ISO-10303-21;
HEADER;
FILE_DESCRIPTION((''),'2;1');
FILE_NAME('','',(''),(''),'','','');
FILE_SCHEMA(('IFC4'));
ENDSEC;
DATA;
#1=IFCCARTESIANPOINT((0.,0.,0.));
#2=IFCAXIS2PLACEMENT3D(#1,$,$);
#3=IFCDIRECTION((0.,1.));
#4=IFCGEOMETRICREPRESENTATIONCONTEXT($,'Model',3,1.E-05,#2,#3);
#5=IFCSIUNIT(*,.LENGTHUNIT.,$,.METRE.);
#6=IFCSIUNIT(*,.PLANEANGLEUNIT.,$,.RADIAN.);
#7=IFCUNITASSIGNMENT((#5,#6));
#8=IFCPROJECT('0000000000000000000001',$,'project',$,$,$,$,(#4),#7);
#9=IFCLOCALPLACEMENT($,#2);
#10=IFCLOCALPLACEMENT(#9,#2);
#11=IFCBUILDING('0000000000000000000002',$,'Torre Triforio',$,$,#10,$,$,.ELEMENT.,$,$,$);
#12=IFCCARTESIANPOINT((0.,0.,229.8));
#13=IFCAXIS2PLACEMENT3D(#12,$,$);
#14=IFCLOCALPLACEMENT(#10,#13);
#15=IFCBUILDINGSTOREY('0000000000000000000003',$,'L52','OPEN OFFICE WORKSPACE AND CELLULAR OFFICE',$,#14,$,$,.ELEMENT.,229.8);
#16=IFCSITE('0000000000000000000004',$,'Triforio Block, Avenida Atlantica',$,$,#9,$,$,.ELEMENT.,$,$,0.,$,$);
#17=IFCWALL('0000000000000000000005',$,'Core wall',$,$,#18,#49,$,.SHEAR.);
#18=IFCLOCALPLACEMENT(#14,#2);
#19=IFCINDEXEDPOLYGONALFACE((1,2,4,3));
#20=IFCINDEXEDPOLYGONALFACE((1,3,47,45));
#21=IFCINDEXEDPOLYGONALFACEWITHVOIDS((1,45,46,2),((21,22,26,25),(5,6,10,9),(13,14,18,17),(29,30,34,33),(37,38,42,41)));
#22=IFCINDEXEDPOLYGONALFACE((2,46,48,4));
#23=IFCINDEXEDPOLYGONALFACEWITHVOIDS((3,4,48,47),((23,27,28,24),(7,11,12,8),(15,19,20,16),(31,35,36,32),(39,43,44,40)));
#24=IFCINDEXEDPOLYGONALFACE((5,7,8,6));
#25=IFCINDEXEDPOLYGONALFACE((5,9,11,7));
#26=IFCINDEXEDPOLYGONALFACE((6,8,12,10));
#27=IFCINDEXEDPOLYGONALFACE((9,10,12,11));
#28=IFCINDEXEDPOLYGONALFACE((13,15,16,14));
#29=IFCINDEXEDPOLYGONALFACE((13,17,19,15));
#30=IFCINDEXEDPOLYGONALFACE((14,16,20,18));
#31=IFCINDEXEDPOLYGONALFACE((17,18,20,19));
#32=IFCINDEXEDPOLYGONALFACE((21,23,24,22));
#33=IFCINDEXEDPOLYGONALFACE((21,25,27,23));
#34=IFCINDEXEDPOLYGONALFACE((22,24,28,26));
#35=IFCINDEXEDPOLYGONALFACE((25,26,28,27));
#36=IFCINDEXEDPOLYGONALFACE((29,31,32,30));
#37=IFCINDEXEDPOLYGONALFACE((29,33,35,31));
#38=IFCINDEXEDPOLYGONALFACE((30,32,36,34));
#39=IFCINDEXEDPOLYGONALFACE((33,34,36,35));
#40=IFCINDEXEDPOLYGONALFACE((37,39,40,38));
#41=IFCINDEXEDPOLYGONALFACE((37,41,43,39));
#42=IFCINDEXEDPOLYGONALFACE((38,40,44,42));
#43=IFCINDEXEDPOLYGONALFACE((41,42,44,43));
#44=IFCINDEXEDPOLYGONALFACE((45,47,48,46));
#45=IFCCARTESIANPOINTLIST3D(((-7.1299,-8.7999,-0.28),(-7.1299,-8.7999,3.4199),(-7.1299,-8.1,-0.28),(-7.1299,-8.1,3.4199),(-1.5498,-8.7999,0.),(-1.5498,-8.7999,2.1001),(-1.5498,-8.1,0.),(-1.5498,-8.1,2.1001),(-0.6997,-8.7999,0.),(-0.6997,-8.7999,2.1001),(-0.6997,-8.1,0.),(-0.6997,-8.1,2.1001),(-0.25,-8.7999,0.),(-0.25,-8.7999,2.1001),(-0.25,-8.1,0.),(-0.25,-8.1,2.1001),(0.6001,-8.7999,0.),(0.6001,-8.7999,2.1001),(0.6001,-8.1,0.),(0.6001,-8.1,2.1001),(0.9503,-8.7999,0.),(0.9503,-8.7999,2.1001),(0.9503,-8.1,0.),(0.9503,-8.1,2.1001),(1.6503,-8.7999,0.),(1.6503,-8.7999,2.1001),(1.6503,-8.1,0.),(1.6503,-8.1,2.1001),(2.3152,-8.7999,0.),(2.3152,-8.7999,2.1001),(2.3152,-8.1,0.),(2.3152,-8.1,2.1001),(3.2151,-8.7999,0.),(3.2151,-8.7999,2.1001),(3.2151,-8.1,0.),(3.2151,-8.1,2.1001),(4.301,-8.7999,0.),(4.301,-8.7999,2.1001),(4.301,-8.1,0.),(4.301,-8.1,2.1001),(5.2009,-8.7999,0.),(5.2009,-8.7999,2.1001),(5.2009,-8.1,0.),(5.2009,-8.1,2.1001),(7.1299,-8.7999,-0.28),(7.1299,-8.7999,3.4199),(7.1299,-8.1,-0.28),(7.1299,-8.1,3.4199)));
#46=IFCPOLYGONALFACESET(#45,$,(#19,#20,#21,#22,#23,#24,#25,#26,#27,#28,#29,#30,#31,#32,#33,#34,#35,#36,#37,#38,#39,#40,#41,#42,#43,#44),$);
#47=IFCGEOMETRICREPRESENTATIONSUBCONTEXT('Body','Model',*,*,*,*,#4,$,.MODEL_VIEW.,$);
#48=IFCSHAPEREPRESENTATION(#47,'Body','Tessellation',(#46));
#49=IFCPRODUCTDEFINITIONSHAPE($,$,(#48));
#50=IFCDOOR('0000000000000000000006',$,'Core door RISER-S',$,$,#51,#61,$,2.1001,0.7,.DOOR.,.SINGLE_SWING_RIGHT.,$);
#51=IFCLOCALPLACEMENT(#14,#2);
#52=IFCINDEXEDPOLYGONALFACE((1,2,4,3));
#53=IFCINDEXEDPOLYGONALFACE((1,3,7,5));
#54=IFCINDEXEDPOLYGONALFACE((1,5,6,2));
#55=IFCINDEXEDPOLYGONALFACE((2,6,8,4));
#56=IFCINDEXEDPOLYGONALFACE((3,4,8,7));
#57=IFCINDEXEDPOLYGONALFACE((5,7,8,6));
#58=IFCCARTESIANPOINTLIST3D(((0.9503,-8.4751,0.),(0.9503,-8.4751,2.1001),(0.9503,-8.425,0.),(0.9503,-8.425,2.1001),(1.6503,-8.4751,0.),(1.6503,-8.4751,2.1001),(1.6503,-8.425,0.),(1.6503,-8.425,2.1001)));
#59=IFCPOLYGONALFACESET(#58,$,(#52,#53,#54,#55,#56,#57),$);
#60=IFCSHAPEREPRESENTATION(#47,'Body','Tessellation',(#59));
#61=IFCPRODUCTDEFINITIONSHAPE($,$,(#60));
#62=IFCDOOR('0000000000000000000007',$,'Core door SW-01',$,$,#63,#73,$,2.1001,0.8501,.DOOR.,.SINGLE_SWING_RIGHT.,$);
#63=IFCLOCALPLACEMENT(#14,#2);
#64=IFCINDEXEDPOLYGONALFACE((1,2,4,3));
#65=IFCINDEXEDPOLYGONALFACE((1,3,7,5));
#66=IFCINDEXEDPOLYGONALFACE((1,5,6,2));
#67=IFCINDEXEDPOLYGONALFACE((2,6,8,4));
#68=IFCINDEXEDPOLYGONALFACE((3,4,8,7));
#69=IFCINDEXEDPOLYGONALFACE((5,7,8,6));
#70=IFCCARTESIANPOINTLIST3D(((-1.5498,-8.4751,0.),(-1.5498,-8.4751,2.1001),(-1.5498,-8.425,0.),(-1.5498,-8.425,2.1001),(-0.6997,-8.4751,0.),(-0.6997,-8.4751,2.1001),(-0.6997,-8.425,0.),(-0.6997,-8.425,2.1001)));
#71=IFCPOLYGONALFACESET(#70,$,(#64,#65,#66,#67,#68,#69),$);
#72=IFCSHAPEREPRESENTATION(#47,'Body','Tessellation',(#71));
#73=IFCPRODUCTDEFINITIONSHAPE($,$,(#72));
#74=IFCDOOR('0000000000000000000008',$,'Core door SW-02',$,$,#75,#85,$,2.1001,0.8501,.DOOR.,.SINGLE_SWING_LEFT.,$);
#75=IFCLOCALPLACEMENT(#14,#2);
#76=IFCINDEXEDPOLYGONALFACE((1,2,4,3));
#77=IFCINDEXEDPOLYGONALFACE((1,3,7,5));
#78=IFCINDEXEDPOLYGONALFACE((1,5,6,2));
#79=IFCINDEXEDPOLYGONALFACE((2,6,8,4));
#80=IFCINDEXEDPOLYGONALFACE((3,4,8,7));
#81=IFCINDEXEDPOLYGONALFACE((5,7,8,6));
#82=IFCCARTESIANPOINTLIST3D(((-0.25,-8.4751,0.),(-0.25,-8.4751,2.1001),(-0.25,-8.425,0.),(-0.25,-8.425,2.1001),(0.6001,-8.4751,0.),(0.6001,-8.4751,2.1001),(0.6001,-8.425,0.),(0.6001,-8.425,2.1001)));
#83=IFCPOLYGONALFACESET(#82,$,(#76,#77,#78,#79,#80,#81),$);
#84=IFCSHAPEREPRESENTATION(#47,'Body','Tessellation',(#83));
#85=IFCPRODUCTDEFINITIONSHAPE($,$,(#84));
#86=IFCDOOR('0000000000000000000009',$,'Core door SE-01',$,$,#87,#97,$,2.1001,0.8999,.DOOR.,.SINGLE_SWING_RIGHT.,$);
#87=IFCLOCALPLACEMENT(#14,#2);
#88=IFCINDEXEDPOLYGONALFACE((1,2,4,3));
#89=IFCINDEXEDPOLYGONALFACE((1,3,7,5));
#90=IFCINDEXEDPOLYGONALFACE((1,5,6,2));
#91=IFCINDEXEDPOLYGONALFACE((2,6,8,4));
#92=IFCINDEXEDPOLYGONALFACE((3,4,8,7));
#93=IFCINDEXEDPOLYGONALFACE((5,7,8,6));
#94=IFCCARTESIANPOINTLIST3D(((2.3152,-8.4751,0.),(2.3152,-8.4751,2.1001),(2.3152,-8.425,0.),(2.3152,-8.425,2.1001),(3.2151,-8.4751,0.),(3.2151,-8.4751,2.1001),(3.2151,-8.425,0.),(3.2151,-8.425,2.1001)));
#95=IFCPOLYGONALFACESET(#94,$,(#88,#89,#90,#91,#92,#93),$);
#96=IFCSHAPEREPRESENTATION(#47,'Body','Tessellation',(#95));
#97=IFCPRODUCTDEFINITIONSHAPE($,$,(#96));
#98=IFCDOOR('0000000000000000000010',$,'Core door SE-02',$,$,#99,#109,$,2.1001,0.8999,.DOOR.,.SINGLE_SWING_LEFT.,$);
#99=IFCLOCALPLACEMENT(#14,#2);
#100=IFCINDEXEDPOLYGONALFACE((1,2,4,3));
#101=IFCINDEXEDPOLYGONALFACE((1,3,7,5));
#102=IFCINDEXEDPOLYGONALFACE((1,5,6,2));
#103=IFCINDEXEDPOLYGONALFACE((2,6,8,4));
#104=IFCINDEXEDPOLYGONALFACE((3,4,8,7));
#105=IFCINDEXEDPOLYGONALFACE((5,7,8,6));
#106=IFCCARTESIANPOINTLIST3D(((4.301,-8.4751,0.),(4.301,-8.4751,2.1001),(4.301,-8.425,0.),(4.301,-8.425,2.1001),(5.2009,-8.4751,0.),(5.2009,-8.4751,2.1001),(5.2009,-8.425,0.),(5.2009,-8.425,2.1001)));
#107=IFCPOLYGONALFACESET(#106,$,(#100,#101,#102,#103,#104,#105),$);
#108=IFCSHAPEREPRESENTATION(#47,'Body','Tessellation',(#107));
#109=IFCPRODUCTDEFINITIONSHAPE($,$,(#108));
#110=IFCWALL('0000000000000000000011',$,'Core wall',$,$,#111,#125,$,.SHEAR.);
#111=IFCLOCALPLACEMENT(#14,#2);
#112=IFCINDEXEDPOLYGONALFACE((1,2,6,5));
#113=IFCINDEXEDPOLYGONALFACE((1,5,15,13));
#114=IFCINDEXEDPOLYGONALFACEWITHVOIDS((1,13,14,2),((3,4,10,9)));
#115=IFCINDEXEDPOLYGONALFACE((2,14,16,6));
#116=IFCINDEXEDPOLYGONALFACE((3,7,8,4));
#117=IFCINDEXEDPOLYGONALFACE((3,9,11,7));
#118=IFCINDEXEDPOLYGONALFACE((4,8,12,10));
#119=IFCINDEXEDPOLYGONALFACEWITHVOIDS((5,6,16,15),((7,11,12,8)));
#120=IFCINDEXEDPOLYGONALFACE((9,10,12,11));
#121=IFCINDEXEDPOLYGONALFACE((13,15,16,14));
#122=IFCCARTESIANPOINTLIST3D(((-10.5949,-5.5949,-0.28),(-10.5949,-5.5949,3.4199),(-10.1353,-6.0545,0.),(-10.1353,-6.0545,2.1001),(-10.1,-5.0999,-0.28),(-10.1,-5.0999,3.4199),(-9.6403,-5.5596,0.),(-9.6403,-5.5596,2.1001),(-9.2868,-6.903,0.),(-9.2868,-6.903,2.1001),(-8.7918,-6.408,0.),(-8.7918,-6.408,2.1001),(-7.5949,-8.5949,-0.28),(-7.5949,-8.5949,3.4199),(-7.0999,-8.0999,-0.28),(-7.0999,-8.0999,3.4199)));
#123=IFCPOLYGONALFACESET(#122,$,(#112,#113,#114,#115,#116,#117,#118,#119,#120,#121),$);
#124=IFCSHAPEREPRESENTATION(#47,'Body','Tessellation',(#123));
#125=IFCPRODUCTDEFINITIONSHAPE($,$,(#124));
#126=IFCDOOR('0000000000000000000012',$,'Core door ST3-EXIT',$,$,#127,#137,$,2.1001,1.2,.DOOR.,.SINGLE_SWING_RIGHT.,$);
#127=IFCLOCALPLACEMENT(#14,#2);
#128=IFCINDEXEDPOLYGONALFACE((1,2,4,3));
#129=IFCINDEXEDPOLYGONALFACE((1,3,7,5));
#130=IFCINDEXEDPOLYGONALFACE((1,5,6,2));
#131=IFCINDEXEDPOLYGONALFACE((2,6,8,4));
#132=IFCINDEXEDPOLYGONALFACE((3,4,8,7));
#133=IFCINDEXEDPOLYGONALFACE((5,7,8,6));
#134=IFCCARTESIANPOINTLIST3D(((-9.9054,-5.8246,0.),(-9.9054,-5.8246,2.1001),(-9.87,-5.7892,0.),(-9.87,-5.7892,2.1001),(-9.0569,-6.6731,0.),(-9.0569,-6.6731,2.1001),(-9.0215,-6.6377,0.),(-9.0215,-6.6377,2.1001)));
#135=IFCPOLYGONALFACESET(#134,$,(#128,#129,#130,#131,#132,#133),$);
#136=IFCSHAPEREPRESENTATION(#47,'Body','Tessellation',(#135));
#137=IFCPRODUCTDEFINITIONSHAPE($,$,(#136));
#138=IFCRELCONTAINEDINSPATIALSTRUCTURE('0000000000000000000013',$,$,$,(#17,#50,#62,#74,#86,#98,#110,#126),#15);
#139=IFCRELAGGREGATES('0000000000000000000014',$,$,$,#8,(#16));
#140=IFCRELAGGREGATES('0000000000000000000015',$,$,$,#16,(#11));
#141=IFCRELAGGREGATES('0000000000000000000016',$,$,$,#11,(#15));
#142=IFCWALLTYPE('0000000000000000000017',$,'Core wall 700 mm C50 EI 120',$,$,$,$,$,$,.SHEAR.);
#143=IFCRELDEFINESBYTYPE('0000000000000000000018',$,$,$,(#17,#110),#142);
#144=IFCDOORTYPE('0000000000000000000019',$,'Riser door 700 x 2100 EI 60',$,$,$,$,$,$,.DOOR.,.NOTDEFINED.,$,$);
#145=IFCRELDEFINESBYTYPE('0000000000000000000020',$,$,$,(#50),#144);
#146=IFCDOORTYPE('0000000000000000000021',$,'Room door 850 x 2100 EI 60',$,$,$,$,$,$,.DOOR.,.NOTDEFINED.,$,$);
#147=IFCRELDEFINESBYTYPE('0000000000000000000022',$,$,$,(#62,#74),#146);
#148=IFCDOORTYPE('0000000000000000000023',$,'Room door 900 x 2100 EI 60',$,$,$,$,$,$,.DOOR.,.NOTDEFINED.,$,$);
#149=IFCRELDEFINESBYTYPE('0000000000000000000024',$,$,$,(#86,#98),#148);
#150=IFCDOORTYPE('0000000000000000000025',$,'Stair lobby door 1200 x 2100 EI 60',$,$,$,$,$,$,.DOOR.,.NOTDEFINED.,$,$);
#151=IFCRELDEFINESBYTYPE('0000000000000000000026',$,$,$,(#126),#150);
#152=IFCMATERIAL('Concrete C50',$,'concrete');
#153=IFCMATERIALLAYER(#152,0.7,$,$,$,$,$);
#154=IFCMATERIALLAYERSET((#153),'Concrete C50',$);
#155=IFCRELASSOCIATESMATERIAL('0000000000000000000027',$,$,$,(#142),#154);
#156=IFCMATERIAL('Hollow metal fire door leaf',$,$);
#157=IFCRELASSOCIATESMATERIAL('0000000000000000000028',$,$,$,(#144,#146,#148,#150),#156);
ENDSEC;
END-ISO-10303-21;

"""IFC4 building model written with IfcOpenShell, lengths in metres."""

from ifc_helpers import new_model, si_unit, direction, frame, frame_2d, origin, place, context, subcontext, project, spatial, rectangle, extrude, material, layer, layer_set, type_object, element, fill, save


model = new_model("IFC4")

# Units and contexts
model_context = context("Model", 3, precision=1e-05, world=origin(), true_north=direction((0.0, 1.0)))
body_context = subcontext(model_context, "Body", "Model", "MODEL_VIEW")
ifc_project = project(units=[si_unit("LENGTHUNIT", "METRE"), si_unit("PLANEANGLEUNIT", "RADIAN")], contexts=[model_context])

# Site, building, storey
site_placement = place(None, origin())
site = spatial("IfcSite", under=ifc_project, at=site_placement, Name="Triforio Block, Avenida Atlantica", CompositionType="ELEMENT", RefElevation=0.0)
building_placement = place(site_placement, origin())
building = spatial("IfcBuilding", under=site, at=building_placement, Name="Torre Triforio", CompositionType="ELEMENT")
storey_placement = place(building_placement, frame((0.0, 0.0, 229.8)))
storey = spatial("IfcBuildingStorey", under=building, at=storey_placement, Name="L52", Description="OPEN OFFICE WORKSPACE AND CELLULAR OFFICE", CompositionType="ELEMENT", Elevation=229.8)

# Shared definitions
ifc_material_1 = material(Name="Concrete C50", Category="concrete")

# Wall, openings, doors
ifc_layer_1 = layer(ifc_material_1, 0.7)
ifc_layer_set_1 = layer_set([ifc_layer_1], Name="Concrete C50")
wall_type_1 = type_object("IfcWallType", Name="Core wall 700 mm C50 EI 120", PredefinedType="SHEAR", material=ifc_layer_set_1)
wall_1_placement = place(storey_placement, frame((-7.1299, -8.45, -0.28), z_axis=(0.0, 0.0, 1.0), x_axis=(1.0, 0.0, 0.0)))
wall_1 = element("IfcWall", 1, at=wall_1_placement, inside=storey, type_object=wall_type_1, Name="Core wall", PredefinedType="SHEAR", context=body_context, shape_type="SweptSolid", body=[
    extrude(rectangle(XDim=14.2598, YDim=0.7, at=frame_2d((7.1299, 0.0))), origin(), (0.0, 0.0, 1.0), 3.7),
])
opening_1_placement = place(wall_1_placement, frame((8.0801, 0.0, 0.28)))
opening_1 = element("IfcOpeningElement", 2, at=opening_1_placement, cuts=wall_1, PredefinedType="OPENING", context=body_context, shape_type="SweptSolid", body=[
    extrude(rectangle(XDim=0.7, YDim=2.1001, at=frame_2d((0.3501, 1.05))), frame((0.0, 0.3599, 0.0), z_axis=(0.0, -1.0, 0.0), x_axis=(1.0, 0.0, 0.0)), (0.0, 0.0, 1.0), 0.72),
])
opening_2_placement = place(wall_1_placement, frame((5.5801, 0.0, 0.28)))
opening_2 = element("IfcOpeningElement", 3, at=opening_2_placement, cuts=wall_1, PredefinedType="OPENING", context=body_context, shape_type="SweptSolid", body=[
    extrude(rectangle(XDim=0.8501, YDim=2.1001, at=frame_2d((0.425, 1.05))), frame((0.0, 0.3599, 0.0), z_axis=(0.0, -1.0, 0.0), x_axis=(1.0, 0.0, 0.0)), (0.0, 0.0, 1.0), 0.72),
])
opening_3_placement = place(wall_1_placement, frame((6.8799, 0.0, 0.28)))
opening_3 = element("IfcOpeningElement", 4, at=opening_3_placement, cuts=wall_1, PredefinedType="OPENING", context=body_context, shape_type="SweptSolid", body=[
    extrude(rectangle(XDim=0.8501, YDim=2.1001, at=frame_2d((0.425, 1.05))), frame((0.0, 0.3599, 0.0), z_axis=(0.0, -1.0, 0.0), x_axis=(1.0, 0.0, 0.0)), (0.0, 0.0, 1.0), 0.72),
])
opening_4_placement = place(wall_1_placement, frame((9.4451, 0.0, 0.28)))
opening_4 = element("IfcOpeningElement", 5, at=opening_4_placement, cuts=wall_1, PredefinedType="OPENING", context=body_context, shape_type="SweptSolid", body=[
    extrude(rectangle(XDim=0.8999, YDim=2.1001, at=frame_2d((0.45, 1.05))), frame((0.0, 0.3599, 0.0), z_axis=(0.0, -1.0, 0.0), x_axis=(1.0, 0.0, 0.0)), (0.0, 0.0, 1.0), 0.72),
])
opening_5_placement = place(wall_1_placement, frame((11.4309, 0.0, 0.28)))
opening_5 = element("IfcOpeningElement", 6, at=opening_5_placement, cuts=wall_1, PredefinedType="OPENING", context=body_context, shape_type="SweptSolid", body=[
    extrude(rectangle(XDim=0.8999, YDim=2.1001, at=frame_2d((0.45, 1.05))), frame((0.0, 0.3599, 0.0), z_axis=(0.0, -1.0, 0.0), x_axis=(1.0, 0.0, 0.0)), (0.0, 0.0, 1.0), 0.72),
])
ifc_material_2 = material(Name="Hollow metal fire door leaf")
door_type_1 = type_object("IfcDoorType", Name="Riser door 700 x 2100 EI 60", OperationType="NOTDEFINED", PredefinedType="DOOR", material=ifc_material_2)
door_1_placement = place(opening_1_placement, origin())
door_1 = element("IfcDoor", 7, at=door_1_placement, inside=storey, type_object=door_type_1, Name="Core door RISER-S", OperationType="SINGLE_SWING_RIGHT", OverallHeight=2.1001, OverallWidth=0.7, PredefinedType="DOOR", context=body_context, shape_type="SweptSolid", body=[
    extrude(rectangle(XDim=0.7, YDim=2.1001, at=frame_2d((0.3501, 1.05))), frame((0.0, 0.0249, 0.0), z_axis=(0.0, -1.0, 0.0), x_axis=(1.0, 0.0, 0.0)), (0.0, 0.0, 1.0), 0.05),
])
fill(opening_1, door_1)
door_type_2 = type_object("IfcDoorType", Name="Room door 850 x 2100 EI 60", OperationType="NOTDEFINED", PredefinedType="DOOR", material=ifc_material_2)
door_2_placement = place(opening_2_placement, origin())
door_2 = element("IfcDoor", 8, at=door_2_placement, inside=storey, type_object=door_type_2, Name="Core door SW-01", OperationType="SINGLE_SWING_RIGHT", OverallHeight=2.1001, OverallWidth=0.8501, PredefinedType="DOOR", context=body_context, shape_type="SweptSolid", body=[
    extrude(rectangle(XDim=0.8501, YDim=2.1001, at=frame_2d((0.425, 1.05))), frame((0.0, 0.0249, 0.0), z_axis=(0.0, -1.0, 0.0), x_axis=(1.0, 0.0, 0.0)), (0.0, 0.0, 1.0), 0.05),
])
fill(opening_2, door_2)
door_3_placement = place(opening_3_placement, origin())
door_3 = element("IfcDoor", 9, at=door_3_placement, inside=storey, type_object=door_type_2, Name="Core door SW-02", OperationType="SINGLE_SWING_LEFT", OverallHeight=2.1001, OverallWidth=0.8501, PredefinedType="DOOR", context=body_context, shape_type="SweptSolid", body=[
    extrude(rectangle(XDim=0.8501, YDim=2.1001, at=frame_2d((0.425, 1.05))), frame((0.0, 0.0249, 0.0), z_axis=(0.0, -1.0, 0.0), x_axis=(1.0, 0.0, 0.0)), (0.0, 0.0, 1.0), 0.05),
])
fill(opening_3, door_3)
door_type_3 = type_object("IfcDoorType", Name="Room door 900 x 2100 EI 60", OperationType="NOTDEFINED", PredefinedType="DOOR", material=ifc_material_2)
door_4_placement = place(opening_4_placement, origin())
door_4 = element("IfcDoor", 10, at=door_4_placement, inside=storey, type_object=door_type_3, Name="Core door SE-01", OperationType="SINGLE_SWING_RIGHT", OverallHeight=2.1001, OverallWidth=0.8999, PredefinedType="DOOR", context=body_context, shape_type="SweptSolid", body=[
    extrude(rectangle(XDim=0.8999, YDim=2.1001, at=frame_2d((0.45, 1.05))), frame((0.0, 0.0249, 0.0), z_axis=(0.0, -1.0, 0.0), x_axis=(1.0, 0.0, 0.0)), (0.0, 0.0, 1.0), 0.05),
])
fill(opening_4, door_4)
door_5_placement = place(opening_5_placement, origin())
door_5 = element("IfcDoor", 11, at=door_5_placement, inside=storey, type_object=door_type_3, Name="Core door SE-02", OperationType="SINGLE_SWING_LEFT", OverallHeight=2.1001, OverallWidth=0.8999, PredefinedType="DOOR", context=body_context, shape_type="SweptSolid", body=[
    extrude(rectangle(XDim=0.8999, YDim=2.1001, at=frame_2d((0.45, 1.05))), frame((0.0, 0.0249, 0.0), z_axis=(0.0, -1.0, 0.0), x_axis=(1.0, 0.0, 0.0)), (0.0, 0.0, 1.0), 0.05),
])
fill(opening_5, door_5)

# Wall, opening, door
wall_2_placement = place(storey_placement, frame((-7.3474, -8.3474, -0.28), z_axis=(0.0, 0.0, 1.0), x_axis=(-0.707107, 0.707107, 0.0)))
wall_2 = element("IfcWall", 12, at=wall_2_placement, inside=storey, type_object=wall_type_1, Name="Core wall", PredefinedType="SHEAR", context=body_context, shape_type="SweptSolid", body=[
    extrude(rectangle(XDim=4.2427, YDim=0.7, at=frame_2d((2.1213, 0.0))), origin(), (0.0, 0.0, 1.0), 3.7),
])
opening_6_placement = place(wall_2_placement, frame((2.3926, 0.0, 0.28)))
opening_6 = element("IfcOpeningElement", 13, at=opening_6_placement, cuts=wall_2, PredefinedType="OPENING", context=body_context, shape_type="SweptSolid", body=[
    extrude(rectangle(XDim=1.2, YDim=2.1001, at=frame_2d((0.6001, 1.05))), frame((0.0, 0.3599, 0.0), z_axis=(0.0, -1.0, 0.0), x_axis=(1.0, 0.0, 0.0)), (0.0, 0.0, 1.0), 0.72),
])
door_type_4 = type_object("IfcDoorType", Name="Stair lobby door 1200 x 2100 EI 60", OperationType="NOTDEFINED", PredefinedType="DOOR", material=ifc_material_2)
door_6_placement = place(opening_6_placement, origin())
door_6 = element("IfcDoor", 14, at=door_6_placement, inside=storey, type_object=door_type_4, Name="Core door ST3-EXIT", OperationType="SINGLE_SWING_RIGHT", OverallHeight=2.1001, OverallWidth=1.2, PredefinedType="DOOR", context=body_context, shape_type="SweptSolid", body=[
    extrude(rectangle(XDim=1.2, YDim=2.1001, at=frame_2d((0.6001, 1.05))), frame((0.0, 0.0249, 0.0), z_axis=(0.0, -1.0, 0.0), x_axis=(1.0, 0.0, 0.0)), (0.0, 0.0, 1.0), 0.05),
])
fill(opening_6, door_6)

save(model, "model.ifc")
